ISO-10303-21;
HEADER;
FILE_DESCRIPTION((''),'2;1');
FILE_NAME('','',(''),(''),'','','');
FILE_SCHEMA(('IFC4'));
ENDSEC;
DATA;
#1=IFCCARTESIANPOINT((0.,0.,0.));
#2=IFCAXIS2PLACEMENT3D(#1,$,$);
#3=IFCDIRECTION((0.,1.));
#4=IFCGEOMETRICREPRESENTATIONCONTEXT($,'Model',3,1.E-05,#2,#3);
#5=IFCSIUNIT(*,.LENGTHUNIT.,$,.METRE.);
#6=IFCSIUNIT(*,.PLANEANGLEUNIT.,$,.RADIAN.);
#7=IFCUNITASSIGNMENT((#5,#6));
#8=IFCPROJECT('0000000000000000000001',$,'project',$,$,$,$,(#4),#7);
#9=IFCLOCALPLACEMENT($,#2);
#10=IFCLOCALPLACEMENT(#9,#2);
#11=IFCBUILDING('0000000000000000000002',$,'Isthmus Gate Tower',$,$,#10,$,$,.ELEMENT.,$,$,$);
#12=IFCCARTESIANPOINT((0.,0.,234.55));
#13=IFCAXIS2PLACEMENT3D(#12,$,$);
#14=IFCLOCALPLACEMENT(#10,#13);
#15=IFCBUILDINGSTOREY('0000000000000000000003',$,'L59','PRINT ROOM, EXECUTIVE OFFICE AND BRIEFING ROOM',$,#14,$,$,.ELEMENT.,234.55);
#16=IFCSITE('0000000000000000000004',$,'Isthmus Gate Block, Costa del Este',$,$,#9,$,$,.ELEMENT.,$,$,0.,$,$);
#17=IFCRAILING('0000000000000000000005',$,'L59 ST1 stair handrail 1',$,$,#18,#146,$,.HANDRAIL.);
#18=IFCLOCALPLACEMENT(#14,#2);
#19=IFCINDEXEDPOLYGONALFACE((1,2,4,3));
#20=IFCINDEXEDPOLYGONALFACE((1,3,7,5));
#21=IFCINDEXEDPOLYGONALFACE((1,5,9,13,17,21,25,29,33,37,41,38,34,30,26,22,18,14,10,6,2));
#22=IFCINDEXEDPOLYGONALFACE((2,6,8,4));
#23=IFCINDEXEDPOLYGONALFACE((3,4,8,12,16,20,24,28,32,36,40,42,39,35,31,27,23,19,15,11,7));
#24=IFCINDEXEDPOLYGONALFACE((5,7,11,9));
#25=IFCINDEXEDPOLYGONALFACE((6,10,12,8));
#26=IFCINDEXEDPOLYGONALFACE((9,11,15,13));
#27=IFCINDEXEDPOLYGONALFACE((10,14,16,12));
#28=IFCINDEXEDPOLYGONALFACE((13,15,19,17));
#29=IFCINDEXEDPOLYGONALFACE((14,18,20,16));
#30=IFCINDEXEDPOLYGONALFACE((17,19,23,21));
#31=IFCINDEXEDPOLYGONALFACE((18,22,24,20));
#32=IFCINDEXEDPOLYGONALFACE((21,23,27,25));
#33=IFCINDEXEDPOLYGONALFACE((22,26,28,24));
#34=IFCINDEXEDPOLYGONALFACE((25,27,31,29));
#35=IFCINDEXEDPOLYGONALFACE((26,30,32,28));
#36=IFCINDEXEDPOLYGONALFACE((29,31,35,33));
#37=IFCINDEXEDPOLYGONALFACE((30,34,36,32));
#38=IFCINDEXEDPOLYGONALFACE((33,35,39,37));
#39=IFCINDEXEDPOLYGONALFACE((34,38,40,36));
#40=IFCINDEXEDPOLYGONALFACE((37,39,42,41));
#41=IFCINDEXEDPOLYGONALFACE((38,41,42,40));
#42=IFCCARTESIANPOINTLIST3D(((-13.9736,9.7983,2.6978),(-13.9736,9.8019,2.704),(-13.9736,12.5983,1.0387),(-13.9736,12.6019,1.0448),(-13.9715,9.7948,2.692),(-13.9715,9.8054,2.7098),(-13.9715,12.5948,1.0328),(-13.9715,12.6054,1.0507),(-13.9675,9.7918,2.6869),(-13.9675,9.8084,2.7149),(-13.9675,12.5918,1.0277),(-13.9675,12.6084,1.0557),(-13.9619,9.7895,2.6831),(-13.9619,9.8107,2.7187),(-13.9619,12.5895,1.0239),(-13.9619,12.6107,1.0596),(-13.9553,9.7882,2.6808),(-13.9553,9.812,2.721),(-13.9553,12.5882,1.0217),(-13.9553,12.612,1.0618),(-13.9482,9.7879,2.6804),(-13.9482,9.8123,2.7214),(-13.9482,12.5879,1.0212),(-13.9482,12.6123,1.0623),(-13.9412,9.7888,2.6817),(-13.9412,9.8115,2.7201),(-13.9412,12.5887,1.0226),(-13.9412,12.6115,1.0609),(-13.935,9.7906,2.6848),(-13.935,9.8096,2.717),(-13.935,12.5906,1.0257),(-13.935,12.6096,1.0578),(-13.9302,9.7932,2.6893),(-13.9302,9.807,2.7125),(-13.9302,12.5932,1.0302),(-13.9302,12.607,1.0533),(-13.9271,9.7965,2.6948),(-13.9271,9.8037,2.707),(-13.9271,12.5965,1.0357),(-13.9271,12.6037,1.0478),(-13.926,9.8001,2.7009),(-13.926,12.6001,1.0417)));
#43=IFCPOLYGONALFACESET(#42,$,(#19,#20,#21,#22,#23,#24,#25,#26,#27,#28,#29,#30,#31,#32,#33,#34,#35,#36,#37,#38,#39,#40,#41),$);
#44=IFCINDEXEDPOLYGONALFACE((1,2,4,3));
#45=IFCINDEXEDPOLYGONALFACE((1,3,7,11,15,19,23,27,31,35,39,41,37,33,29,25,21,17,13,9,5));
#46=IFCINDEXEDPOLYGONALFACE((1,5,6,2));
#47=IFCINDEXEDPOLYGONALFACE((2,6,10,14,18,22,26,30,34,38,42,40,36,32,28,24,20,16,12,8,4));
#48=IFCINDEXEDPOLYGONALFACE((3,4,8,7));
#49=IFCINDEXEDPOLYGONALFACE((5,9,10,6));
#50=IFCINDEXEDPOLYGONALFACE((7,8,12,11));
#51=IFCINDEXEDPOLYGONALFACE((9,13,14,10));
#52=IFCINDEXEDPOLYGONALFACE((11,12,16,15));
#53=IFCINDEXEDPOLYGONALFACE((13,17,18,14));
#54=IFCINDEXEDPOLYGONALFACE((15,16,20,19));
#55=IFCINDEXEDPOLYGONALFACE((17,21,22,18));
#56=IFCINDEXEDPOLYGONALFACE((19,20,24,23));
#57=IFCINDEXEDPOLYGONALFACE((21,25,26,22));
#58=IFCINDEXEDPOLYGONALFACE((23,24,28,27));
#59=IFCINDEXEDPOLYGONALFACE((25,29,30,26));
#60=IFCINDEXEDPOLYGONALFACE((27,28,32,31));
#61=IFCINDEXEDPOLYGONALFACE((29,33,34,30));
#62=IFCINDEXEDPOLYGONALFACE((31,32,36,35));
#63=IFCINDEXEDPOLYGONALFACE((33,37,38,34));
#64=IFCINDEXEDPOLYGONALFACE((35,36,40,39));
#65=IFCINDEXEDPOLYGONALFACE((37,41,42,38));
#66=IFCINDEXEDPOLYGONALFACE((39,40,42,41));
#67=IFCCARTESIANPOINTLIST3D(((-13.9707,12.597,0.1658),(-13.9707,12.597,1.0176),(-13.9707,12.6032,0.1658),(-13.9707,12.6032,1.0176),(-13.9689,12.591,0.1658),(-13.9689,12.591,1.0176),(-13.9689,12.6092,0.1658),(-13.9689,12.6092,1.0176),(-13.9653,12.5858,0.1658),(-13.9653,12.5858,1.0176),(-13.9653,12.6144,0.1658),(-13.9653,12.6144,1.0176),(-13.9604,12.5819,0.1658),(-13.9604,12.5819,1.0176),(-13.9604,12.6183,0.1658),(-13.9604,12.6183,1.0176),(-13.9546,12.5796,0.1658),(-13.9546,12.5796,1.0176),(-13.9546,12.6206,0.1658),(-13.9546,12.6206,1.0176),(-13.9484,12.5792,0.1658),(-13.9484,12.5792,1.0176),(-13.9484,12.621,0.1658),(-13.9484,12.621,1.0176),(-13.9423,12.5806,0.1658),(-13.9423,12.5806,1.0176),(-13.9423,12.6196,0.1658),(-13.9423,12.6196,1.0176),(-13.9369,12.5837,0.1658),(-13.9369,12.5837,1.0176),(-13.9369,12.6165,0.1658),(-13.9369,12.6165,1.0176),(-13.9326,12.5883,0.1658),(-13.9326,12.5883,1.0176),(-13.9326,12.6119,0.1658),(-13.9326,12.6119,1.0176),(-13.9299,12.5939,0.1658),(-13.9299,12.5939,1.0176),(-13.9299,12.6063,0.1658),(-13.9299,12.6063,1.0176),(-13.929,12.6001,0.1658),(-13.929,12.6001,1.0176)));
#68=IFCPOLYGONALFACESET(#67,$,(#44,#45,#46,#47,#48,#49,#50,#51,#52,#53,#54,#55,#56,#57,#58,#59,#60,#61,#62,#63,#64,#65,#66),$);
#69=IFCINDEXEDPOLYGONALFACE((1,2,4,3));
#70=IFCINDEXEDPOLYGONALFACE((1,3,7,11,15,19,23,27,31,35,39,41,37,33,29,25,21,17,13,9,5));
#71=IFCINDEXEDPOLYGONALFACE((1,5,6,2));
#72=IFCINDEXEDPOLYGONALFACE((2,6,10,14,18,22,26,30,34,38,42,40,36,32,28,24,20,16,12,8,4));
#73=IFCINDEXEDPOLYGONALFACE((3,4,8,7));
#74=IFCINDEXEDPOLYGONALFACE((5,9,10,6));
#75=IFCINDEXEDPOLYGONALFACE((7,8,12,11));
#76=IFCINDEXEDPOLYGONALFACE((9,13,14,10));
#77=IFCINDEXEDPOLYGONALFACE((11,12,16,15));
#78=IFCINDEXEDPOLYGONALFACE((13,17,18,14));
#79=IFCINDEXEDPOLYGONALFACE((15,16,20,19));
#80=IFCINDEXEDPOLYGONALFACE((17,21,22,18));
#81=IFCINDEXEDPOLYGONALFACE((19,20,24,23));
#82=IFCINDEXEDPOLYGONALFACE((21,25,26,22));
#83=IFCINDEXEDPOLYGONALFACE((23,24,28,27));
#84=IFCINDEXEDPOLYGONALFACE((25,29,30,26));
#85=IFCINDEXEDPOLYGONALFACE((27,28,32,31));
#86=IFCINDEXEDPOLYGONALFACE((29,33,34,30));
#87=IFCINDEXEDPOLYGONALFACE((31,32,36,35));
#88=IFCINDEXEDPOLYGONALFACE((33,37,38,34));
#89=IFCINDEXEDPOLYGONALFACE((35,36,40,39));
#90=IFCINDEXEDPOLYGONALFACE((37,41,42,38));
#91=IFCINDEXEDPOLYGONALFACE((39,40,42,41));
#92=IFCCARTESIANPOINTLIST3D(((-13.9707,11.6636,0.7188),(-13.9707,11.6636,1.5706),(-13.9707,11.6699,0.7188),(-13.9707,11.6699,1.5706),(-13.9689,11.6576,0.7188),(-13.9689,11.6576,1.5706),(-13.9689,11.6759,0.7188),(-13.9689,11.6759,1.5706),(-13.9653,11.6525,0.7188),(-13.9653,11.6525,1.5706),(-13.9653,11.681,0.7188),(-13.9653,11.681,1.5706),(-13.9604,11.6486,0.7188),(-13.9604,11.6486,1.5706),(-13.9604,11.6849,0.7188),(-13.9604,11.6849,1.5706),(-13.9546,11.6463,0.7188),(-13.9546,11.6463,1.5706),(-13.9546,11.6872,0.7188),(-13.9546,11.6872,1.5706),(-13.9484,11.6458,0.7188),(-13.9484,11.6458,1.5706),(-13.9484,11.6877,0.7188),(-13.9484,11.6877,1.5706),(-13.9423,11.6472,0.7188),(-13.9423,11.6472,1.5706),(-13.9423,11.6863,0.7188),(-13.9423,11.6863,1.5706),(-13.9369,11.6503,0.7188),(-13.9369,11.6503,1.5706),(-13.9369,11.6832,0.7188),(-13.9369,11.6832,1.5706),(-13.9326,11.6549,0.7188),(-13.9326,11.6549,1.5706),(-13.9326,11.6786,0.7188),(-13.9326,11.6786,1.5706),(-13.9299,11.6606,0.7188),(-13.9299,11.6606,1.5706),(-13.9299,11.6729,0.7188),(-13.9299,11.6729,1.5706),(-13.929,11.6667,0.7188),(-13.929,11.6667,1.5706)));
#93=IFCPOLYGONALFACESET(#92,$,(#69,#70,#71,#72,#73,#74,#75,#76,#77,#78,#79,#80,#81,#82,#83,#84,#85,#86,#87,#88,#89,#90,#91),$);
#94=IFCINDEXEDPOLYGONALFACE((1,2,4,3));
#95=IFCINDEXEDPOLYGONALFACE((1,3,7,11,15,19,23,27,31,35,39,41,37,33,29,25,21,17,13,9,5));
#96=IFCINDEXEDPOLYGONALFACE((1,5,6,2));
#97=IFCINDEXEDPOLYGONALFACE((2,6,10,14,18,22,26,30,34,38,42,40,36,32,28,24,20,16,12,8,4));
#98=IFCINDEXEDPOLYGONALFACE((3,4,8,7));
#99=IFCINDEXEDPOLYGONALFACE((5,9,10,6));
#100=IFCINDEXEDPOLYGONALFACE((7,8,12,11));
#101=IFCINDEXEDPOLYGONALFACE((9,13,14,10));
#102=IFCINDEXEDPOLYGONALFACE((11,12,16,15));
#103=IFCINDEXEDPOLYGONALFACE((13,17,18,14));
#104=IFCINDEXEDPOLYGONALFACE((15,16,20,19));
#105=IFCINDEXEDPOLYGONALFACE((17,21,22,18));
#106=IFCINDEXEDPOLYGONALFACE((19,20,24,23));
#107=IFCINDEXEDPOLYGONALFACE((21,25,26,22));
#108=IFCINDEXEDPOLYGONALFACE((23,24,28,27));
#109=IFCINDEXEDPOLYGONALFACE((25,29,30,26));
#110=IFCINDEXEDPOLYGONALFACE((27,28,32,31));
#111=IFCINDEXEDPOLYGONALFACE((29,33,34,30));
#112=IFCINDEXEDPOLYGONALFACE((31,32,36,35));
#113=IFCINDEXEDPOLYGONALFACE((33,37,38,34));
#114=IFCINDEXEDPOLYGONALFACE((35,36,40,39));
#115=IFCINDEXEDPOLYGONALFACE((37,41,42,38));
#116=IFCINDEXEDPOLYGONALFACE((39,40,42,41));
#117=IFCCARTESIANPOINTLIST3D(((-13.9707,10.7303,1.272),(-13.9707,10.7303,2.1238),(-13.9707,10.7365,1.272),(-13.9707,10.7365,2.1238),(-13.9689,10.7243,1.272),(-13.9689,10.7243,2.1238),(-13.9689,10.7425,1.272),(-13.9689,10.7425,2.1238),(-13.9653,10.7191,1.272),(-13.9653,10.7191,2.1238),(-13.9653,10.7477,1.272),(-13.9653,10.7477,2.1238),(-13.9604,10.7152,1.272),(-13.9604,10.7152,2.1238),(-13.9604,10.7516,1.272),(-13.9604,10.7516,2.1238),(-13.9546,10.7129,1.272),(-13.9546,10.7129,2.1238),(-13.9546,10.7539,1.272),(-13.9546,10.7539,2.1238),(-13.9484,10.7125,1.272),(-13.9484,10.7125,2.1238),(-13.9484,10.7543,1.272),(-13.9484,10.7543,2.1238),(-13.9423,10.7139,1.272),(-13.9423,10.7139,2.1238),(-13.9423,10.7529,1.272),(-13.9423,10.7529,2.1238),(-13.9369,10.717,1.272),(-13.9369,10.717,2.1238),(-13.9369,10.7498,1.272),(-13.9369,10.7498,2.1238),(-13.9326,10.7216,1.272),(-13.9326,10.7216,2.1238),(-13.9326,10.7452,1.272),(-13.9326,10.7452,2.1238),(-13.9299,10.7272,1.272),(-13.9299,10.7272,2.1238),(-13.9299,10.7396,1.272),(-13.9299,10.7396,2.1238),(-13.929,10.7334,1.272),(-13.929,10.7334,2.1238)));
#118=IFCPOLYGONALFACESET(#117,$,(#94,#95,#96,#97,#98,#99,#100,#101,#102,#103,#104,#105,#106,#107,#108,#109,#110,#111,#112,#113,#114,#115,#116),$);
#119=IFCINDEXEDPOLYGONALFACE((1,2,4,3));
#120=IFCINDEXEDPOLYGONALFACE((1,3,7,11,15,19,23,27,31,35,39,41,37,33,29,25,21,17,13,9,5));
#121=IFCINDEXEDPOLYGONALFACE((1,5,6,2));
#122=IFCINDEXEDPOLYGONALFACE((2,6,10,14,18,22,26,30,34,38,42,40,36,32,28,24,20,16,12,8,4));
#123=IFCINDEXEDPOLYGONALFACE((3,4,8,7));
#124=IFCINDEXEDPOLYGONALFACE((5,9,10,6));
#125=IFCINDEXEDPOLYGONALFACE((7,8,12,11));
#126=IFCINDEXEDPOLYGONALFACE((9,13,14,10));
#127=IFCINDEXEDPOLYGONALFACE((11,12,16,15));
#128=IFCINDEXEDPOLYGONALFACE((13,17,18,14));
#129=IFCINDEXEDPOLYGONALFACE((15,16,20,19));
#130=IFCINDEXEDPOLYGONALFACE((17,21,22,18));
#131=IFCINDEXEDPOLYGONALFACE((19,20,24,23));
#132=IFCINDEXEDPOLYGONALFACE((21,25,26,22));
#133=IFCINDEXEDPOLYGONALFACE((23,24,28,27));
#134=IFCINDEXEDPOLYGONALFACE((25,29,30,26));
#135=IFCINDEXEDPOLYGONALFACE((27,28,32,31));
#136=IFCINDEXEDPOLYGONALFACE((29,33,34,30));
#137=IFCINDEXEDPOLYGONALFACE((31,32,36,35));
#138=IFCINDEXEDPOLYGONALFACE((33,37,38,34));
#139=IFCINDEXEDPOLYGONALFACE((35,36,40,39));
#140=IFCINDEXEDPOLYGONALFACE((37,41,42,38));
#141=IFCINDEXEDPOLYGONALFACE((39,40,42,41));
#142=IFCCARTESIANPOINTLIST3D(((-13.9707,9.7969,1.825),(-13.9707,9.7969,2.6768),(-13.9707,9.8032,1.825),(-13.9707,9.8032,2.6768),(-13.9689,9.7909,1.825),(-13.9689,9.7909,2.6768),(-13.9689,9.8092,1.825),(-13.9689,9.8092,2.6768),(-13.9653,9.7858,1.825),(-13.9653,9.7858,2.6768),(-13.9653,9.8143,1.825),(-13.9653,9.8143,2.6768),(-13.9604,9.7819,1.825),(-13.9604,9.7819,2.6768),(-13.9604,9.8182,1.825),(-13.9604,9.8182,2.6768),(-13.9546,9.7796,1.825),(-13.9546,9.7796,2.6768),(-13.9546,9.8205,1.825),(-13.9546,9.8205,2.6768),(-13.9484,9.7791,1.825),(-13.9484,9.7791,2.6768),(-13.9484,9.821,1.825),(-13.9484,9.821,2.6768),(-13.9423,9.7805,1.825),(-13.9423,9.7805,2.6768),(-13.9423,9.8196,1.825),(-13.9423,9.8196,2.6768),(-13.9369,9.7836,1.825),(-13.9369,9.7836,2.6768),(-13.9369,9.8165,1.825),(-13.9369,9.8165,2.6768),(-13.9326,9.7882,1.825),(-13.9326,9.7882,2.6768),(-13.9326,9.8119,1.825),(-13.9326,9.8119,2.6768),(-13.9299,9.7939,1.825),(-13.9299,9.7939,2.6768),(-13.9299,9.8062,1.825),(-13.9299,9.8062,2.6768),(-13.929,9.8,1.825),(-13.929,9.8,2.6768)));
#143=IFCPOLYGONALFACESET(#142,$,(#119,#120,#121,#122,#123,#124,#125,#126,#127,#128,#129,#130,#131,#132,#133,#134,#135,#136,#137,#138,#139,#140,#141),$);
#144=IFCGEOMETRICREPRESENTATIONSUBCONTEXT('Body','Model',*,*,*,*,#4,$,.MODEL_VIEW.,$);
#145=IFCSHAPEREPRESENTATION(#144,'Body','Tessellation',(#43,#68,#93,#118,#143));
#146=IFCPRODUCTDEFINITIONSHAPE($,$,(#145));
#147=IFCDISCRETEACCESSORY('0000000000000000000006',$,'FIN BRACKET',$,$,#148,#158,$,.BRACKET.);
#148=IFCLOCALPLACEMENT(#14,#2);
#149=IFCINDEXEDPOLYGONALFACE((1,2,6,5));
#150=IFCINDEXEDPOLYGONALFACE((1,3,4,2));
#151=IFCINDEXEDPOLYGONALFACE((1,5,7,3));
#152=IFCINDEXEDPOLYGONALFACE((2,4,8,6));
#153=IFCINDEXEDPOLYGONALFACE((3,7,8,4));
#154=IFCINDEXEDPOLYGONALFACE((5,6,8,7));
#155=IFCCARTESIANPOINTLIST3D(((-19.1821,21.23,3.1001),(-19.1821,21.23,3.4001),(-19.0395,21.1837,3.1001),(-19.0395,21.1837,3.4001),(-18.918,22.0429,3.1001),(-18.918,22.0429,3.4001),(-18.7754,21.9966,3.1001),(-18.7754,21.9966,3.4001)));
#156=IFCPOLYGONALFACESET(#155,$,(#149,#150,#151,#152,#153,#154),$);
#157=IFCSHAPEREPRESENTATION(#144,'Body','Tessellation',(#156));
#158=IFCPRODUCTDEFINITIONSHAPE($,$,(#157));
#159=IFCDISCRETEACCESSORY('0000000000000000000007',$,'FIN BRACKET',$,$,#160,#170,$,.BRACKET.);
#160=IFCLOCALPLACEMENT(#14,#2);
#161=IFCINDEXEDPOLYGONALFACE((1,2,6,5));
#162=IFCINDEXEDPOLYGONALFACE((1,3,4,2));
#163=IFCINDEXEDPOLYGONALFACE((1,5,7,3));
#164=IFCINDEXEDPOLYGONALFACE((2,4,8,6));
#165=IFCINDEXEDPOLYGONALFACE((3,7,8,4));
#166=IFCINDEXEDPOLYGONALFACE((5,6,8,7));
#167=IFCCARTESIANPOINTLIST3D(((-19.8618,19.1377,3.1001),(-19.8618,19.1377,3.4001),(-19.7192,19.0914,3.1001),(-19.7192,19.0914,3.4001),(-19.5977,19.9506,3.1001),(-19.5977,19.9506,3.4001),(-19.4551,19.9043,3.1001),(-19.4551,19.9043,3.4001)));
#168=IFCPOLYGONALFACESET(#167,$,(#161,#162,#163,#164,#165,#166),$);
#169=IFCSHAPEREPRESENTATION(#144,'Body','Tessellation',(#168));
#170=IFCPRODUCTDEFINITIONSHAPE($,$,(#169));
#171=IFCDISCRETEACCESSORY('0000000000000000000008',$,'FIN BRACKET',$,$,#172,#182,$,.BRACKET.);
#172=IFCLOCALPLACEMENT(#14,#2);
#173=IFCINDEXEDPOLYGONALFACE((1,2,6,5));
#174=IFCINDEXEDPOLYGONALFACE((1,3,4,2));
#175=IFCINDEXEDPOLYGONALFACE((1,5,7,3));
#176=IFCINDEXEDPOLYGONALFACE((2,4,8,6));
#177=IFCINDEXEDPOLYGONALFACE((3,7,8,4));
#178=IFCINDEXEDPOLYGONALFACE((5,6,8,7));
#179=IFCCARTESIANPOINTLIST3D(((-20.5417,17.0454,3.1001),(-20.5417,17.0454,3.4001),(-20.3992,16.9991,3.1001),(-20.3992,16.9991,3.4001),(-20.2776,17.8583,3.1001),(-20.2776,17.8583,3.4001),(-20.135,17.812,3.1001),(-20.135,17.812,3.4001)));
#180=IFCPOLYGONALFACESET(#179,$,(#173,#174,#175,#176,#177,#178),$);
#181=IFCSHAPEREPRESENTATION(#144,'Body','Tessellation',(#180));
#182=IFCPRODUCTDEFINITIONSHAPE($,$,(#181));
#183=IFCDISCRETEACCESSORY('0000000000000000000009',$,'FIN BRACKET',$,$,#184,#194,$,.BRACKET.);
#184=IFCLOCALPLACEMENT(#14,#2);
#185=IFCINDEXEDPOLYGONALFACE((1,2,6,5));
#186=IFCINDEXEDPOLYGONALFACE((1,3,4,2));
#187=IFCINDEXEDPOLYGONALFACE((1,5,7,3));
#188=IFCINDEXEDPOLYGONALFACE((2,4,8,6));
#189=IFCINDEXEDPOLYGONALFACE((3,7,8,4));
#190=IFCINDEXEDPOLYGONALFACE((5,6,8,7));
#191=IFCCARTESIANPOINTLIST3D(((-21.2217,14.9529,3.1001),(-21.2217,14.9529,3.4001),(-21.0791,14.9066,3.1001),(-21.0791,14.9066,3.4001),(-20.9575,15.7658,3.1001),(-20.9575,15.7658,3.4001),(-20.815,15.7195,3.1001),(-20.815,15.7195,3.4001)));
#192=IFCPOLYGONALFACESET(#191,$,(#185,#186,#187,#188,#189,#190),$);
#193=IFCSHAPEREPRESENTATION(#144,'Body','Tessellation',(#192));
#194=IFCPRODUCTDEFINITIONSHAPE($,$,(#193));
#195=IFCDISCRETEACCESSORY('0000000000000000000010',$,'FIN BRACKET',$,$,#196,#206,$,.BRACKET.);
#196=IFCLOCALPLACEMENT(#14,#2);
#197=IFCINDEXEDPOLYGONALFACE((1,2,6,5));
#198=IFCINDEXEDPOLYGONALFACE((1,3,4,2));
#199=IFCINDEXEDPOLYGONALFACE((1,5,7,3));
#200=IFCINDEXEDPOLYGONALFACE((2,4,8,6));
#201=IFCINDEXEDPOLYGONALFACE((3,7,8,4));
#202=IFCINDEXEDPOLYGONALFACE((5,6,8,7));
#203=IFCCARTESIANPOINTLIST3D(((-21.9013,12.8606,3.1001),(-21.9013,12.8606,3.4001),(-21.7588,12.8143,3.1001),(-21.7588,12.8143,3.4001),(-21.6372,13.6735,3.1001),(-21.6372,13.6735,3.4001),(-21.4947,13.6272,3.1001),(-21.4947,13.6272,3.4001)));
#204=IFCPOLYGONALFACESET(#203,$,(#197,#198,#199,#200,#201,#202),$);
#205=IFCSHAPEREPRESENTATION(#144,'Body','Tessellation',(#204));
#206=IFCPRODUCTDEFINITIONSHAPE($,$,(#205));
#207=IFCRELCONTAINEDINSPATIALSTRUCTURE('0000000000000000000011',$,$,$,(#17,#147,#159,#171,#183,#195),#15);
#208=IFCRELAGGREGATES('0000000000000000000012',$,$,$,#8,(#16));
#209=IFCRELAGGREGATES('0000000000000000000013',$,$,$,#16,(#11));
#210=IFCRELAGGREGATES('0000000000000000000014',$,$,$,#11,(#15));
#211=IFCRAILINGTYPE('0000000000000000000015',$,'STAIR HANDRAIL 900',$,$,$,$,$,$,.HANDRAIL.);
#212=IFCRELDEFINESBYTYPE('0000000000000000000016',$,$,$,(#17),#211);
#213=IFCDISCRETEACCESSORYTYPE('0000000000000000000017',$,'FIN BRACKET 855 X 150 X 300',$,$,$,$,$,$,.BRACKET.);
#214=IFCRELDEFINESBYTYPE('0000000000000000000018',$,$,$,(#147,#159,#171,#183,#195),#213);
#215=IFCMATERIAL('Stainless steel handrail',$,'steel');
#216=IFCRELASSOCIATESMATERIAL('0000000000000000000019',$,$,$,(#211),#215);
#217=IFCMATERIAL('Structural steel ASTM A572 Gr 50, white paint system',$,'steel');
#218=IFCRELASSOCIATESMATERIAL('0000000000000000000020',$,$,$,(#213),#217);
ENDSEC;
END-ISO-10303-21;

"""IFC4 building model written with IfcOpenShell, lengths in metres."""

from ifc_helpers import new_model, si_unit, direction, frame, origin, origin_2d, place, context, subcontext, project, spatial, rectangle, circle, extrude, material, type_object, element, save


model = new_model("IFC4")

# Units and contexts
model_context = context("Model", 3, precision=1e-05, world=origin(), true_north=direction((0.0, 1.0)))
body_context = subcontext(model_context, "Body", "Model", "MODEL_VIEW")
ifc_project = project(units=[si_unit("LENGTHUNIT", "METRE"), si_unit("PLANEANGLEUNIT", "RADIAN")], contexts=[model_context])

# Site, building, storey
site_placement = place(None, origin())
site = spatial("IfcSite", under=ifc_project, at=site_placement, Name="Isthmus Gate Block, Costa del Este", CompositionType="ELEMENT", RefElevation=0.0)
building_placement = place(site_placement, origin())
building = spatial("IfcBuilding", under=site, at=building_placement, Name="Isthmus Gate Tower", CompositionType="ELEMENT")
storey_placement = place(building_placement, frame((0.0, 0.0, 234.55)))
storey = spatial("IfcBuildingStorey", under=building, at=storey_placement, Name="L59", Description="PRINT ROOM, EXECUTIVE OFFICE AND BRIEFING ROOM", CompositionType="ELEMENT", Elevation=234.55)

# Railing
ifc_material_1 = material(Name="Stainless steel handrail", Category="steel")
railing_type = type_object("IfcRailingType", Name="STAIR HANDRAIL 900", PredefinedType="HANDRAIL", material=ifc_material_1)
railing_placement = place(storey_placement, frame((-13.95, 12.6001, 0.1658)))
element("IfcRailing", 1, at=railing_placement, inside=storey, type_object=railing_type, Name="L59 ST1 stair handrail 1", PredefinedType="HANDRAIL", context=body_context, shape_type="SweptSolid", body=[
    extrude(circle(Radius=0.0239, at=origin_2d()), frame((0.0, 0.0, 0.876), z_axis=(0.0, -0.860306, 0.509778), x_axis=(1.0, 0.0, 0.0)), (0.0, 0.0, 1.0), 3.2546),
    extrude(circle(Radius=0.021, at=origin_2d()), origin(), (0.0, 0.0, 1.0), 0.8518),
    extrude(circle(Radius=0.021, at=origin_2d()), frame((0.0, -0.9333, 0.553)), (0.0, 0.0, 1.0), 0.8518),
    extrude(circle(Radius=0.021, at=origin_2d()), frame((0.0, -1.8667, 1.1062)), (0.0, 0.0, 1.0), 0.8518),
    extrude(circle(Radius=0.021, at=origin_2d()), frame((0.0, -2.8, 1.6592)), (0.0, 0.0, 1.0), 0.8518),
])

# Discrete accessories
ifc_material_2 = material(Name="Structural steel ASTM A572 Gr 50, white paint system", Category="steel")
discrete_accessory_type = type_object("IfcDiscreteAccessoryType", Name="FIN BRACKET 855 X 150 X 300", PredefinedType="BRACKET", material=ifc_material_2)
for number, where, z_axis, x_axis, name in (
    (2, (-18.9788, 21.6133, 3.1001), (0.0, 0.0, 1.0), (-0.951057, 0.309017, 0.0), "FIN BRACKET"),
    (3, (-19.6584, 19.521, 3.1001), (0.0, 0.0, 1.0), (-0.951057, 0.309017, 0.0), "FIN BRACKET"),
    (4, (-20.3384, 17.4287, 3.1001), (0.0, 0.0, 1.0), (-0.951057, 0.309017, 0.0), "FIN BRACKET"),
    (5, (-21.0183, 15.3362, 3.1001), (0.0, 0.0, 1.0), (-0.951057, 0.309017, 0.0), "FIN BRACKET"),
    (6, (-21.698, 13.2439, 3.1001), (0.0, 0.0, 1.0), (-0.951057, 0.309017, 0.0), "FIN BRACKET"),
):
    element("IfcDiscreteAccessory", number, at=place(storey_placement, frame(where, z_axis=z_axis, x_axis=x_axis)), inside=storey, type_object=discrete_accessory_type, Name=name, PredefinedType="BRACKET", context=body_context, shape_type="SweptSolid", body=[
        extrude(rectangle(XDim=0.1499, YDim=0.8547, at=origin_2d()), origin(), (0.0, 0.0, 1.0), 0.3),
    ])

save(model, "model.ifc")
